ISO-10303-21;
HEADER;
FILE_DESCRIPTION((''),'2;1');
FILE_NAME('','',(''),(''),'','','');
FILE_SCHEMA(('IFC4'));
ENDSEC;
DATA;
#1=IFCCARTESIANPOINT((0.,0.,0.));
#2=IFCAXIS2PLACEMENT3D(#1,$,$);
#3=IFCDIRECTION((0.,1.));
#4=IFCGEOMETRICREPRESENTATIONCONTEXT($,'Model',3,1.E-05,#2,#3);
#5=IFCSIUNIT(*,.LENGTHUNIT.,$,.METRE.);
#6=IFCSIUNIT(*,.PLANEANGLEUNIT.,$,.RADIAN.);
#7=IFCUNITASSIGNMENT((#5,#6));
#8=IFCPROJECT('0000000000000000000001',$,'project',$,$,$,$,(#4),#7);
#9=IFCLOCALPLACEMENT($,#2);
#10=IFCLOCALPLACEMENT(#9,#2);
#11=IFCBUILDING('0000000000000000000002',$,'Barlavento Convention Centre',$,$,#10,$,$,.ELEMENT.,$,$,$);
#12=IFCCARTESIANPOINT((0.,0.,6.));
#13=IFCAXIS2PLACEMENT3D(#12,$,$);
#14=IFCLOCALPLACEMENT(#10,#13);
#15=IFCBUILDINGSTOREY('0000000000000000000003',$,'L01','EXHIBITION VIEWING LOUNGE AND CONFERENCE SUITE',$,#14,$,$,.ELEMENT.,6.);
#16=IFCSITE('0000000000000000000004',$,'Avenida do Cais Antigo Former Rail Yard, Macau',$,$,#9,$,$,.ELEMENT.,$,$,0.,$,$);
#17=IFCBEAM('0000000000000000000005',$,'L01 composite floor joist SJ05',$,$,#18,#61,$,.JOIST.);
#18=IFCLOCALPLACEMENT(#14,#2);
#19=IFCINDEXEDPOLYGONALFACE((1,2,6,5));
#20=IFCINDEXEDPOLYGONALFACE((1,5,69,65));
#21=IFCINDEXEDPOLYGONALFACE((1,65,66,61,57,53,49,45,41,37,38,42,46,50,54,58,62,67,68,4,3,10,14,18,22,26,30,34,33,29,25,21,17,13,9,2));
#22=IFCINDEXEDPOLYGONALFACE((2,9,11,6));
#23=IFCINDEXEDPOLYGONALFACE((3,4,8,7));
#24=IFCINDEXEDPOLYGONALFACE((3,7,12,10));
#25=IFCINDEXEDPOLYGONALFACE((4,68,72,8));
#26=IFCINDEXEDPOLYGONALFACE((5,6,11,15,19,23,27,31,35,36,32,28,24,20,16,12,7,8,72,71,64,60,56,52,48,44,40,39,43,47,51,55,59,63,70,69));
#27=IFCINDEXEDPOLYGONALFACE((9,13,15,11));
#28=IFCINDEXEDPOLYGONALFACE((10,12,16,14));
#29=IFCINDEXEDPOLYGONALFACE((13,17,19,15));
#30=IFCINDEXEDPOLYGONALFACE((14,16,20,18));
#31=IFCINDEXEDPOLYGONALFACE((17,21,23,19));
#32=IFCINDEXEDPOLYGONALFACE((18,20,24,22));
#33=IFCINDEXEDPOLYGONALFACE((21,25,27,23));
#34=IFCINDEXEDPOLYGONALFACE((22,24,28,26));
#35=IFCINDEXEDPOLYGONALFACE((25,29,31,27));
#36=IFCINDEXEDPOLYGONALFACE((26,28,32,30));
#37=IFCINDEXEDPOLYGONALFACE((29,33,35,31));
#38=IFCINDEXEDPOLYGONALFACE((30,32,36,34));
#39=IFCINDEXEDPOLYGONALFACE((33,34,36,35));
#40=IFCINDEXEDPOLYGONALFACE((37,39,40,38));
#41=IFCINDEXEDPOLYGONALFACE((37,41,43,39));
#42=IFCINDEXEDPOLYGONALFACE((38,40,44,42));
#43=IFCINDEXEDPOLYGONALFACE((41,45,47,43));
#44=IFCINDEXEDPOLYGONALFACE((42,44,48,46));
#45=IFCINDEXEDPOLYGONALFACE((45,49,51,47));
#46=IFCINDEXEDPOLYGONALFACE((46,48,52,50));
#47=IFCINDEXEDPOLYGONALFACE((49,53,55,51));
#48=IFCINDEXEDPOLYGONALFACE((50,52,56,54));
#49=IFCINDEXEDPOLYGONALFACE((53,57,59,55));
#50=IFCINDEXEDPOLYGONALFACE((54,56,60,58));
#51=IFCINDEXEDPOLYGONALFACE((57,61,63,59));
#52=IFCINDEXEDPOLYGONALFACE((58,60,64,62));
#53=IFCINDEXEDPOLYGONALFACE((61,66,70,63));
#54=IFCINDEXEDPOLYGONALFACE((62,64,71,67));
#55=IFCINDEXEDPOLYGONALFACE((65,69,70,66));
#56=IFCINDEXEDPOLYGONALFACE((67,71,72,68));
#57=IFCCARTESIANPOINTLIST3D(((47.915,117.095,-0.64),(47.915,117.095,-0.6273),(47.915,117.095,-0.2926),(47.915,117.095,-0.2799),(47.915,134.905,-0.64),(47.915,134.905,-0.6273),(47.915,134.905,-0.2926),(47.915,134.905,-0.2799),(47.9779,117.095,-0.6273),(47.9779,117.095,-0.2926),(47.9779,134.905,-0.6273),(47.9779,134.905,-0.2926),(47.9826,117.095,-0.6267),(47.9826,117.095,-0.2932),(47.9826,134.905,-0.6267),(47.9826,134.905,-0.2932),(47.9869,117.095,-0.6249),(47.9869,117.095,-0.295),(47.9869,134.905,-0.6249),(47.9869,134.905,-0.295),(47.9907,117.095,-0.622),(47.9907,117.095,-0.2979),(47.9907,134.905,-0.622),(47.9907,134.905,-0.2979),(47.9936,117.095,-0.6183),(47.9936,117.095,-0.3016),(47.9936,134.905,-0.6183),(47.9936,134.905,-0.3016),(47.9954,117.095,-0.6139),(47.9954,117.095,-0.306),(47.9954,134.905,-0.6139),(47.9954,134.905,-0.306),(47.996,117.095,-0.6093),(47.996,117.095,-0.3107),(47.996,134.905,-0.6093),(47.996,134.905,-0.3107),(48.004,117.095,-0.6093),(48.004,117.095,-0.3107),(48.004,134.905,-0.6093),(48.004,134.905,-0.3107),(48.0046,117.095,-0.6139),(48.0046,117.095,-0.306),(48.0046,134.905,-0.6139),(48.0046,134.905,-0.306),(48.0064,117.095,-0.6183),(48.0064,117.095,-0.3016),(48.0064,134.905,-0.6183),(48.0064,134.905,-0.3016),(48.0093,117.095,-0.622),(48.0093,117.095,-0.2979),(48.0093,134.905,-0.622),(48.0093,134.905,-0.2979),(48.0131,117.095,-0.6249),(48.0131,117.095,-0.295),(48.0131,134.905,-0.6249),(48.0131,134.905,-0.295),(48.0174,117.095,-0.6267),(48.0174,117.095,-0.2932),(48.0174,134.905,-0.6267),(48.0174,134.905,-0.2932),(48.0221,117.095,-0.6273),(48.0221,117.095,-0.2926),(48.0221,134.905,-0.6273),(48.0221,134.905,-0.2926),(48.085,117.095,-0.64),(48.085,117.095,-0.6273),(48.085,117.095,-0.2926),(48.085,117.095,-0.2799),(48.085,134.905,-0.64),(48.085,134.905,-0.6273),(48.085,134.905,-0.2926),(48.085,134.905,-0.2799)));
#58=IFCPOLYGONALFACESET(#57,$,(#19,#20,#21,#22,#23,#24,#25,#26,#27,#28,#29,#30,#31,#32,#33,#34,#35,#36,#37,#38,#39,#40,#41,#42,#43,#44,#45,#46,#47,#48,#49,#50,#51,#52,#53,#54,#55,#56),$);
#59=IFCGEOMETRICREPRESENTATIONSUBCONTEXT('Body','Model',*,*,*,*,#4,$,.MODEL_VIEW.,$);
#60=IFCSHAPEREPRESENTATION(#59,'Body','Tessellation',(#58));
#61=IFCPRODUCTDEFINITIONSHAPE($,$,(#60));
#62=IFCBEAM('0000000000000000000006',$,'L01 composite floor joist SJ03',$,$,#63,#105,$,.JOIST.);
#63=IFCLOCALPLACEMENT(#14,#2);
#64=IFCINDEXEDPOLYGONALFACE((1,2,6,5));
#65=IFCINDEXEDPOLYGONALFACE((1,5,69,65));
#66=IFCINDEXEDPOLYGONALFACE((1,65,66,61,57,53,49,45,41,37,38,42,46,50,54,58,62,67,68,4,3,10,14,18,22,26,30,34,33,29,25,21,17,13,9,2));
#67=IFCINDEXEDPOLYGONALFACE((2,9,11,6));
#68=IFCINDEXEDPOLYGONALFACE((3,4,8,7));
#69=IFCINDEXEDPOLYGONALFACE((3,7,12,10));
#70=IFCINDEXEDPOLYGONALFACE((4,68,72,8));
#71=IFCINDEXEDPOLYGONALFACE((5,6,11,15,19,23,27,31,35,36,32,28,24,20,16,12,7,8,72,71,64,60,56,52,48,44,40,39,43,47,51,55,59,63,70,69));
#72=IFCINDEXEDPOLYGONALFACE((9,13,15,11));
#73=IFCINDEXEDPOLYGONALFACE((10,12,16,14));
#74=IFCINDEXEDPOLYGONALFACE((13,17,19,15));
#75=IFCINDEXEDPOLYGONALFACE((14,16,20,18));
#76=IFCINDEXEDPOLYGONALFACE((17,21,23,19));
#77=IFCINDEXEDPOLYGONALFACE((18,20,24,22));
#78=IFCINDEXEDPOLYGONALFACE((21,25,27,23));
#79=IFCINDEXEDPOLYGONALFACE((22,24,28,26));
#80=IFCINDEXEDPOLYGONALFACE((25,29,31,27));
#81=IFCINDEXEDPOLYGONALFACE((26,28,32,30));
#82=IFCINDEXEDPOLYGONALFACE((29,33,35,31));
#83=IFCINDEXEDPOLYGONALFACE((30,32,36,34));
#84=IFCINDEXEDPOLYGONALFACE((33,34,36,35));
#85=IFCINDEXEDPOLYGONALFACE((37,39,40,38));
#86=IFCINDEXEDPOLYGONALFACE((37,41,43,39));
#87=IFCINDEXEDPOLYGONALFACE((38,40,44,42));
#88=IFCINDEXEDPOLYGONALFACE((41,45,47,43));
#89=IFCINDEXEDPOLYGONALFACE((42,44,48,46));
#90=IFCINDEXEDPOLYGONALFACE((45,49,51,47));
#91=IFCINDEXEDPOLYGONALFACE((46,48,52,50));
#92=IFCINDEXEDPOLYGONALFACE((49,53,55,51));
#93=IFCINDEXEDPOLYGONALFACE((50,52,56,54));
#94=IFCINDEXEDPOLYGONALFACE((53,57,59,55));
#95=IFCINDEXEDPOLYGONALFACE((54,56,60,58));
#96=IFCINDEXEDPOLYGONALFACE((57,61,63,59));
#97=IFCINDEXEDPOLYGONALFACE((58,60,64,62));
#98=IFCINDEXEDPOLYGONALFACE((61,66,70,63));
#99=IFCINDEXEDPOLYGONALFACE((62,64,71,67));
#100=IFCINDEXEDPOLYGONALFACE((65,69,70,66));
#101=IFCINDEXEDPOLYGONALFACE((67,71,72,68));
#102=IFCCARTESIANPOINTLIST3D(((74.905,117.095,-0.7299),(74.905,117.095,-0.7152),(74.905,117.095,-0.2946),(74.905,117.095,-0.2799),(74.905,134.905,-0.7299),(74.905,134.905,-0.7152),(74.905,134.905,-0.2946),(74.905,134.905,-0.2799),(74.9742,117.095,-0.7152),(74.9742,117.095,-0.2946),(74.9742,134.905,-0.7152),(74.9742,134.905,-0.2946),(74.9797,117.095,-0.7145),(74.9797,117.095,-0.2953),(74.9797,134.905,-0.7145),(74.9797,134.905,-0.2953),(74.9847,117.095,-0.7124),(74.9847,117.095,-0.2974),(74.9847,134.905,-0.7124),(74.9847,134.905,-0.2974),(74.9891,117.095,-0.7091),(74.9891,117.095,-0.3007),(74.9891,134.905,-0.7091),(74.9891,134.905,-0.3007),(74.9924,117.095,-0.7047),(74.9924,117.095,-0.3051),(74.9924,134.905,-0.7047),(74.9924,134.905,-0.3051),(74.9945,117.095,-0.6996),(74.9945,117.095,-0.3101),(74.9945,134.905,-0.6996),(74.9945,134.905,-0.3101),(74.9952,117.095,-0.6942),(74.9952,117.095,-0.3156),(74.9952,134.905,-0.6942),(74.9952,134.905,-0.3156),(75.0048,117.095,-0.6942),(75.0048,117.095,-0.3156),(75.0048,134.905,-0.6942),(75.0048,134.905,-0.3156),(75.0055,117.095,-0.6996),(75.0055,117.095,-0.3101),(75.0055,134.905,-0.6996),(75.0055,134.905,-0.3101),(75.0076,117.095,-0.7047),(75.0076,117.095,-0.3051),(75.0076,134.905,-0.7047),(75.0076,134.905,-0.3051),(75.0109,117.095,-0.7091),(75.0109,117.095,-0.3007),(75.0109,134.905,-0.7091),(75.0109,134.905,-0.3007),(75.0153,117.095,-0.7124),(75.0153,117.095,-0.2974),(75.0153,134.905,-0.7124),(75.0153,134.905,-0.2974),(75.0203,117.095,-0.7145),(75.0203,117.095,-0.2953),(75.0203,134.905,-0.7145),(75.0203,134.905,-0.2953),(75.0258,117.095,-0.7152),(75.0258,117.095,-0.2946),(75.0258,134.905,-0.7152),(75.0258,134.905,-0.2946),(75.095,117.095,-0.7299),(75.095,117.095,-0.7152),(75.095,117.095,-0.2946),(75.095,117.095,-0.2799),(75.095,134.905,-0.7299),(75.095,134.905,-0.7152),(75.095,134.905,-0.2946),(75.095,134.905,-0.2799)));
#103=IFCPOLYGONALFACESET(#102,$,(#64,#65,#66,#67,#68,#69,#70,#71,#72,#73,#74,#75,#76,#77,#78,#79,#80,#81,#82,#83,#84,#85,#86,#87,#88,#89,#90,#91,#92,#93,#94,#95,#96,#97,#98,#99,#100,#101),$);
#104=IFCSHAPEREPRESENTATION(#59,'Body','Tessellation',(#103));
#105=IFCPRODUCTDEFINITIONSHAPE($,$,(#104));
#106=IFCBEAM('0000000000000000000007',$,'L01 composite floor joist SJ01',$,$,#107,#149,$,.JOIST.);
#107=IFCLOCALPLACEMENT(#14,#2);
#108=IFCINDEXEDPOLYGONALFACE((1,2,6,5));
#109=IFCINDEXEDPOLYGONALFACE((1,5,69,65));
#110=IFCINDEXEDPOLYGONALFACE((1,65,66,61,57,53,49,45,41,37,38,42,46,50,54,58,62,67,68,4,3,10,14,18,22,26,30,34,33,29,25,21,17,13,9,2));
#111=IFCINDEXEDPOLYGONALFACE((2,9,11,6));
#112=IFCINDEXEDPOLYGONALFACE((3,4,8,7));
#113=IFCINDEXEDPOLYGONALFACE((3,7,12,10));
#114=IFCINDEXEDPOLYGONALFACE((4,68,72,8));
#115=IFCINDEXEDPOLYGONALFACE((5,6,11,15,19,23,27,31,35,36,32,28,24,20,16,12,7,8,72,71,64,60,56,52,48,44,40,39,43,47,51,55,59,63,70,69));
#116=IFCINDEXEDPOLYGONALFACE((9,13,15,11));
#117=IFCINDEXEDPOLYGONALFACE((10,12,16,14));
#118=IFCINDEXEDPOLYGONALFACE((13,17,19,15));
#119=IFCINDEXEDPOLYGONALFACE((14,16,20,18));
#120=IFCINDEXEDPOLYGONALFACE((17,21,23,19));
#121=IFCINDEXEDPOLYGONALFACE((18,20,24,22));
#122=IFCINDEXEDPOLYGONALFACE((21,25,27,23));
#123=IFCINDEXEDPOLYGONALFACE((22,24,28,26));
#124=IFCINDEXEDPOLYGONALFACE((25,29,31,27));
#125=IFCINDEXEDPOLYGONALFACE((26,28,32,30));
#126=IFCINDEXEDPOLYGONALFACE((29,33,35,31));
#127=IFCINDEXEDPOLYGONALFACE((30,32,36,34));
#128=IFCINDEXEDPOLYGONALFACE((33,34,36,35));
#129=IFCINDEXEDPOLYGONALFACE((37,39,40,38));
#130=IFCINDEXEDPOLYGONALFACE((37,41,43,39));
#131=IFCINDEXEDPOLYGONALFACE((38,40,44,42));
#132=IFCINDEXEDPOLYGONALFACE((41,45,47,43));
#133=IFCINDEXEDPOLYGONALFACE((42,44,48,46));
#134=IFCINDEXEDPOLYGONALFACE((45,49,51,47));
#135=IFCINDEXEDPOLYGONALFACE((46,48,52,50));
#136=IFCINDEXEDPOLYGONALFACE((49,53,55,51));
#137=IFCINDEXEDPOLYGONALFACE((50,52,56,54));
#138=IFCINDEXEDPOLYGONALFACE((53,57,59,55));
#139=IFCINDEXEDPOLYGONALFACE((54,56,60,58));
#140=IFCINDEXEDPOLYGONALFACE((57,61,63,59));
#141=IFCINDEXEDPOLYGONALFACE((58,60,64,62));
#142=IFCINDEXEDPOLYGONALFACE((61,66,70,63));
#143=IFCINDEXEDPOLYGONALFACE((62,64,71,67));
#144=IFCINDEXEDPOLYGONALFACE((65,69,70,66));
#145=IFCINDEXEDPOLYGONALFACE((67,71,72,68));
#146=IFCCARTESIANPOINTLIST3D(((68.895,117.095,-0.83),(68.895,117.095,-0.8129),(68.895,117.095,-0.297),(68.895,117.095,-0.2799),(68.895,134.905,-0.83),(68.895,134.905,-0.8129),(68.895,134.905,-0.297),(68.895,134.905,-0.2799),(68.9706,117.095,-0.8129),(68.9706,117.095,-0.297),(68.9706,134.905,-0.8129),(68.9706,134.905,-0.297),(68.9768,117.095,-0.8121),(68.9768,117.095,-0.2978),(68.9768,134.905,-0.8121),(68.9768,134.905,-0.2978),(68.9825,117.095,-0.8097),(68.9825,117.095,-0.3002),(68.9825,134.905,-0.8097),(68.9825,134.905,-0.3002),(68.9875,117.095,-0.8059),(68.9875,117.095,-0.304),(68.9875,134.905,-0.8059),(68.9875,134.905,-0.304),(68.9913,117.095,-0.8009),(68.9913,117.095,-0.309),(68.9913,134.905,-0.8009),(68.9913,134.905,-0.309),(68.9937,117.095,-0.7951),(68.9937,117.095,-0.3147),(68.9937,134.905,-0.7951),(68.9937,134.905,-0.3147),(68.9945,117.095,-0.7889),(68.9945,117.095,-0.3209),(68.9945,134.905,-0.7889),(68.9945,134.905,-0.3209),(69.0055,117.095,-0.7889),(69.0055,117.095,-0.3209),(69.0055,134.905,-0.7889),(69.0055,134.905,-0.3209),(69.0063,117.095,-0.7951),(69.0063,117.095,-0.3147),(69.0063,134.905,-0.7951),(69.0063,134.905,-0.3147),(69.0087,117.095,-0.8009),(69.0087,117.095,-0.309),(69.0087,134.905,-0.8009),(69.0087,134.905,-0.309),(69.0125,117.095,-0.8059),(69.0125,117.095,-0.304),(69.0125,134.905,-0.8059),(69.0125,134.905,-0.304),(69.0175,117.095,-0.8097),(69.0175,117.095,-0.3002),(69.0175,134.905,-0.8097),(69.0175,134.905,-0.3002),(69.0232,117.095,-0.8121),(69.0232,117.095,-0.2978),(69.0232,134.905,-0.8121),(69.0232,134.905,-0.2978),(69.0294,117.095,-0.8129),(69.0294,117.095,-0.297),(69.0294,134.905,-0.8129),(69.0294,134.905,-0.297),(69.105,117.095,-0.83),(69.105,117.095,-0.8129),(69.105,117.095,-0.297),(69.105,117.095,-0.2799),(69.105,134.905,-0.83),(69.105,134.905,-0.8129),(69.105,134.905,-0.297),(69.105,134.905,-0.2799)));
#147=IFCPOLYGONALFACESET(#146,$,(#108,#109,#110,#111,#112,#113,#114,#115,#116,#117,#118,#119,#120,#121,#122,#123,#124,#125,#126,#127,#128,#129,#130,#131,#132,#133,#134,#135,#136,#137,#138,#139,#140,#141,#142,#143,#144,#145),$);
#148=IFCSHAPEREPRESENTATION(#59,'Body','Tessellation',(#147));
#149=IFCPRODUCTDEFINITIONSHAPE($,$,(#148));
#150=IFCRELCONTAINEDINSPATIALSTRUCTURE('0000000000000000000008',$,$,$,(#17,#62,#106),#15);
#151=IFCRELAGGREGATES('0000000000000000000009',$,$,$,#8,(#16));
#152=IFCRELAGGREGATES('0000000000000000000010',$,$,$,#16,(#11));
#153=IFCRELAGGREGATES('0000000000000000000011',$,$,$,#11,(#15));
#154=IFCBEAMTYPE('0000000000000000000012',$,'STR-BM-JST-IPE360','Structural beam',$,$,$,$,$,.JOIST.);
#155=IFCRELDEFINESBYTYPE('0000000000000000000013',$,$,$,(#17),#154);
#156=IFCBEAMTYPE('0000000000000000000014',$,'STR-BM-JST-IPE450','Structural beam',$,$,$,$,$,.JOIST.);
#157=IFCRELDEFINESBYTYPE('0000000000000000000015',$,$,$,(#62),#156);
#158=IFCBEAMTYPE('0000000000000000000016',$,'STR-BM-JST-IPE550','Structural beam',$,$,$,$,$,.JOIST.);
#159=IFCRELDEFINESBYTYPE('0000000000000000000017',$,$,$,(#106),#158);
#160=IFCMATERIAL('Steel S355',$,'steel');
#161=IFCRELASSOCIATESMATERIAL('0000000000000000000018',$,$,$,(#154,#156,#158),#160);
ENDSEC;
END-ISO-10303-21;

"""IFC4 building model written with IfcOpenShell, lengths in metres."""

from ifc_helpers import new_model, si_unit, direction, frame, origin, origin_2d, place, context, subcontext, project, spatial, i_section, extrude, material, material_profile, profile_set, type_object, element, save


model = new_model("IFC4")

# Units and contexts
model_context = context("Model", 3, precision=1e-05, world=origin(), true_north=direction((0.0, 1.0)))
body_context = subcontext(model_context, "Body", "Model", "MODEL_VIEW")
ifc_project = project(units=[si_unit("LENGTHUNIT", "METRE"), si_unit("PLANEANGLEUNIT", "RADIAN")], contexts=[model_context])

# Site, building, storey
site_placement = place(None, origin())
site = spatial("IfcSite", under=ifc_project, at=site_placement, Name="Avenida do Cais Antigo Former Rail Yard, Macau", CompositionType="ELEMENT", RefElevation=0.0)
building_placement = place(site_placement, origin())
building = spatial("IfcBuilding", under=site, at=building_placement, Name="Barlavento Convention Centre", CompositionType="ELEMENT")
storey_placement = place(building_placement, frame((0.0, 0.0, 6.0)))
storey = spatial("IfcBuildingStorey", under=building, at=storey_placement, Name="L01", Description="EXHIBITION VIEWING LOUNGE AND CONFERENCE SUITE", CompositionType="ELEMENT", Elevation=6.0)

# Beams
ifc_material_1 = material(Name="Steel S355", Category="steel")
ifc_material_profile_1 = material_profile(ifc_material_1, i_section(OverallWidth=0.1699, OverallDepth=0.3601, WebThickness=0.0081, FlangeThickness=0.0127, FilletRadius=0.0181, at=origin_2d()), Name="IPE 360")
ifc_profile_set_1 = profile_set([ifc_material_profile_1], Name="Steel S355")
beam_type_1 = type_object("IfcBeamType", Name="STR-BM-JST-IPE360", Description="Structural beam", PredefinedType="JOIST", material=ifc_profile_set_1)
beam_1_placement = place(storey_placement, frame((48.0, 117.095, -0.46), z_axis=(0.0, 1.0, 0.0), x_axis=(-1.0, 0.0, 0.0)))
element("IfcBeam", 1, at=beam_1_placement, inside=storey, type_object=beam_type_1, Name="L01 composite floor joist SJ05", PredefinedType="JOIST", context=body_context, shape_type="SweptSolid", body=[
    extrude(i_section(OverallWidth=0.1699, OverallDepth=0.3601, WebThickness=0.0081, FlangeThickness=0.0127, FilletRadius=0.0181, at=origin_2d()), origin(), (0.0, 0.0, 1.0), 17.8101),
])
ifc_material_profile_2 = material_profile(ifc_material_1, i_section(OverallWidth=0.1899, OverallDepth=0.45, WebThickness=0.0095, FlangeThickness=0.0146, FilletRadius=0.021, at=origin_2d()), Name="IPE 450")
ifc_profile_set_2 = profile_set([ifc_material_profile_2], Name="Steel S355")
beam_type_2 = type_object("IfcBeamType", Name="STR-BM-JST-IPE450", Description="Structural beam", PredefinedType="JOIST", material=ifc_profile_set_2)
beam_2_placement = place(storey_placement, frame((75.0, 117.095, -0.5049), z_axis=(0.0, 1.0, 0.0), x_axis=(-1.0, 0.0, 0.0)))
element("IfcBeam", 2, at=beam_2_placement, inside=storey, type_object=beam_type_2, Name="L01 composite floor joist SJ03", PredefinedType="JOIST", context=body_context, shape_type="SweptSolid", body=[
    extrude(i_section(OverallWidth=0.1899, OverallDepth=0.45, WebThickness=0.0095, FlangeThickness=0.0146, FilletRadius=0.021, at=origin_2d()), origin(), (0.0, 0.0, 1.0), 17.8101),
])
ifc_material_profile_3 = material_profile(ifc_material_1, i_section(OverallWidth=0.21, OverallDepth=0.55, WebThickness=0.011, FlangeThickness=0.0171, FilletRadius=0.0239, at=origin_2d()), Name="IPE 550")
ifc_profile_set_3 = profile_set([ifc_material_profile_3], Name="Steel S355")
beam_type_3 = type_object("IfcBeamType", Name="STR-BM-JST-IPE550", Description="Structural beam", PredefinedType="JOIST", material=ifc_profile_set_3)
beam_3_placement = place(storey_placement, frame((69.0, 117.095, -0.5549), z_axis=(0.0, 1.0, 0.0), x_axis=(-1.0, 0.0, 0.0)))
element("IfcBeam", 3, at=beam_3_placement, inside=storey, type_object=beam_type_3, Name="L01 composite floor joist SJ01", PredefinedType="JOIST", context=body_context, shape_type="SweptSolid", body=[
    extrude(i_section(OverallWidth=0.21, OverallDepth=0.55, WebThickness=0.011, FlangeThickness=0.0171, FilletRadius=0.0239, at=origin_2d()), origin(), (0.0, 0.0, 1.0), 17.8101),
])

save(model, "model.ifc")
